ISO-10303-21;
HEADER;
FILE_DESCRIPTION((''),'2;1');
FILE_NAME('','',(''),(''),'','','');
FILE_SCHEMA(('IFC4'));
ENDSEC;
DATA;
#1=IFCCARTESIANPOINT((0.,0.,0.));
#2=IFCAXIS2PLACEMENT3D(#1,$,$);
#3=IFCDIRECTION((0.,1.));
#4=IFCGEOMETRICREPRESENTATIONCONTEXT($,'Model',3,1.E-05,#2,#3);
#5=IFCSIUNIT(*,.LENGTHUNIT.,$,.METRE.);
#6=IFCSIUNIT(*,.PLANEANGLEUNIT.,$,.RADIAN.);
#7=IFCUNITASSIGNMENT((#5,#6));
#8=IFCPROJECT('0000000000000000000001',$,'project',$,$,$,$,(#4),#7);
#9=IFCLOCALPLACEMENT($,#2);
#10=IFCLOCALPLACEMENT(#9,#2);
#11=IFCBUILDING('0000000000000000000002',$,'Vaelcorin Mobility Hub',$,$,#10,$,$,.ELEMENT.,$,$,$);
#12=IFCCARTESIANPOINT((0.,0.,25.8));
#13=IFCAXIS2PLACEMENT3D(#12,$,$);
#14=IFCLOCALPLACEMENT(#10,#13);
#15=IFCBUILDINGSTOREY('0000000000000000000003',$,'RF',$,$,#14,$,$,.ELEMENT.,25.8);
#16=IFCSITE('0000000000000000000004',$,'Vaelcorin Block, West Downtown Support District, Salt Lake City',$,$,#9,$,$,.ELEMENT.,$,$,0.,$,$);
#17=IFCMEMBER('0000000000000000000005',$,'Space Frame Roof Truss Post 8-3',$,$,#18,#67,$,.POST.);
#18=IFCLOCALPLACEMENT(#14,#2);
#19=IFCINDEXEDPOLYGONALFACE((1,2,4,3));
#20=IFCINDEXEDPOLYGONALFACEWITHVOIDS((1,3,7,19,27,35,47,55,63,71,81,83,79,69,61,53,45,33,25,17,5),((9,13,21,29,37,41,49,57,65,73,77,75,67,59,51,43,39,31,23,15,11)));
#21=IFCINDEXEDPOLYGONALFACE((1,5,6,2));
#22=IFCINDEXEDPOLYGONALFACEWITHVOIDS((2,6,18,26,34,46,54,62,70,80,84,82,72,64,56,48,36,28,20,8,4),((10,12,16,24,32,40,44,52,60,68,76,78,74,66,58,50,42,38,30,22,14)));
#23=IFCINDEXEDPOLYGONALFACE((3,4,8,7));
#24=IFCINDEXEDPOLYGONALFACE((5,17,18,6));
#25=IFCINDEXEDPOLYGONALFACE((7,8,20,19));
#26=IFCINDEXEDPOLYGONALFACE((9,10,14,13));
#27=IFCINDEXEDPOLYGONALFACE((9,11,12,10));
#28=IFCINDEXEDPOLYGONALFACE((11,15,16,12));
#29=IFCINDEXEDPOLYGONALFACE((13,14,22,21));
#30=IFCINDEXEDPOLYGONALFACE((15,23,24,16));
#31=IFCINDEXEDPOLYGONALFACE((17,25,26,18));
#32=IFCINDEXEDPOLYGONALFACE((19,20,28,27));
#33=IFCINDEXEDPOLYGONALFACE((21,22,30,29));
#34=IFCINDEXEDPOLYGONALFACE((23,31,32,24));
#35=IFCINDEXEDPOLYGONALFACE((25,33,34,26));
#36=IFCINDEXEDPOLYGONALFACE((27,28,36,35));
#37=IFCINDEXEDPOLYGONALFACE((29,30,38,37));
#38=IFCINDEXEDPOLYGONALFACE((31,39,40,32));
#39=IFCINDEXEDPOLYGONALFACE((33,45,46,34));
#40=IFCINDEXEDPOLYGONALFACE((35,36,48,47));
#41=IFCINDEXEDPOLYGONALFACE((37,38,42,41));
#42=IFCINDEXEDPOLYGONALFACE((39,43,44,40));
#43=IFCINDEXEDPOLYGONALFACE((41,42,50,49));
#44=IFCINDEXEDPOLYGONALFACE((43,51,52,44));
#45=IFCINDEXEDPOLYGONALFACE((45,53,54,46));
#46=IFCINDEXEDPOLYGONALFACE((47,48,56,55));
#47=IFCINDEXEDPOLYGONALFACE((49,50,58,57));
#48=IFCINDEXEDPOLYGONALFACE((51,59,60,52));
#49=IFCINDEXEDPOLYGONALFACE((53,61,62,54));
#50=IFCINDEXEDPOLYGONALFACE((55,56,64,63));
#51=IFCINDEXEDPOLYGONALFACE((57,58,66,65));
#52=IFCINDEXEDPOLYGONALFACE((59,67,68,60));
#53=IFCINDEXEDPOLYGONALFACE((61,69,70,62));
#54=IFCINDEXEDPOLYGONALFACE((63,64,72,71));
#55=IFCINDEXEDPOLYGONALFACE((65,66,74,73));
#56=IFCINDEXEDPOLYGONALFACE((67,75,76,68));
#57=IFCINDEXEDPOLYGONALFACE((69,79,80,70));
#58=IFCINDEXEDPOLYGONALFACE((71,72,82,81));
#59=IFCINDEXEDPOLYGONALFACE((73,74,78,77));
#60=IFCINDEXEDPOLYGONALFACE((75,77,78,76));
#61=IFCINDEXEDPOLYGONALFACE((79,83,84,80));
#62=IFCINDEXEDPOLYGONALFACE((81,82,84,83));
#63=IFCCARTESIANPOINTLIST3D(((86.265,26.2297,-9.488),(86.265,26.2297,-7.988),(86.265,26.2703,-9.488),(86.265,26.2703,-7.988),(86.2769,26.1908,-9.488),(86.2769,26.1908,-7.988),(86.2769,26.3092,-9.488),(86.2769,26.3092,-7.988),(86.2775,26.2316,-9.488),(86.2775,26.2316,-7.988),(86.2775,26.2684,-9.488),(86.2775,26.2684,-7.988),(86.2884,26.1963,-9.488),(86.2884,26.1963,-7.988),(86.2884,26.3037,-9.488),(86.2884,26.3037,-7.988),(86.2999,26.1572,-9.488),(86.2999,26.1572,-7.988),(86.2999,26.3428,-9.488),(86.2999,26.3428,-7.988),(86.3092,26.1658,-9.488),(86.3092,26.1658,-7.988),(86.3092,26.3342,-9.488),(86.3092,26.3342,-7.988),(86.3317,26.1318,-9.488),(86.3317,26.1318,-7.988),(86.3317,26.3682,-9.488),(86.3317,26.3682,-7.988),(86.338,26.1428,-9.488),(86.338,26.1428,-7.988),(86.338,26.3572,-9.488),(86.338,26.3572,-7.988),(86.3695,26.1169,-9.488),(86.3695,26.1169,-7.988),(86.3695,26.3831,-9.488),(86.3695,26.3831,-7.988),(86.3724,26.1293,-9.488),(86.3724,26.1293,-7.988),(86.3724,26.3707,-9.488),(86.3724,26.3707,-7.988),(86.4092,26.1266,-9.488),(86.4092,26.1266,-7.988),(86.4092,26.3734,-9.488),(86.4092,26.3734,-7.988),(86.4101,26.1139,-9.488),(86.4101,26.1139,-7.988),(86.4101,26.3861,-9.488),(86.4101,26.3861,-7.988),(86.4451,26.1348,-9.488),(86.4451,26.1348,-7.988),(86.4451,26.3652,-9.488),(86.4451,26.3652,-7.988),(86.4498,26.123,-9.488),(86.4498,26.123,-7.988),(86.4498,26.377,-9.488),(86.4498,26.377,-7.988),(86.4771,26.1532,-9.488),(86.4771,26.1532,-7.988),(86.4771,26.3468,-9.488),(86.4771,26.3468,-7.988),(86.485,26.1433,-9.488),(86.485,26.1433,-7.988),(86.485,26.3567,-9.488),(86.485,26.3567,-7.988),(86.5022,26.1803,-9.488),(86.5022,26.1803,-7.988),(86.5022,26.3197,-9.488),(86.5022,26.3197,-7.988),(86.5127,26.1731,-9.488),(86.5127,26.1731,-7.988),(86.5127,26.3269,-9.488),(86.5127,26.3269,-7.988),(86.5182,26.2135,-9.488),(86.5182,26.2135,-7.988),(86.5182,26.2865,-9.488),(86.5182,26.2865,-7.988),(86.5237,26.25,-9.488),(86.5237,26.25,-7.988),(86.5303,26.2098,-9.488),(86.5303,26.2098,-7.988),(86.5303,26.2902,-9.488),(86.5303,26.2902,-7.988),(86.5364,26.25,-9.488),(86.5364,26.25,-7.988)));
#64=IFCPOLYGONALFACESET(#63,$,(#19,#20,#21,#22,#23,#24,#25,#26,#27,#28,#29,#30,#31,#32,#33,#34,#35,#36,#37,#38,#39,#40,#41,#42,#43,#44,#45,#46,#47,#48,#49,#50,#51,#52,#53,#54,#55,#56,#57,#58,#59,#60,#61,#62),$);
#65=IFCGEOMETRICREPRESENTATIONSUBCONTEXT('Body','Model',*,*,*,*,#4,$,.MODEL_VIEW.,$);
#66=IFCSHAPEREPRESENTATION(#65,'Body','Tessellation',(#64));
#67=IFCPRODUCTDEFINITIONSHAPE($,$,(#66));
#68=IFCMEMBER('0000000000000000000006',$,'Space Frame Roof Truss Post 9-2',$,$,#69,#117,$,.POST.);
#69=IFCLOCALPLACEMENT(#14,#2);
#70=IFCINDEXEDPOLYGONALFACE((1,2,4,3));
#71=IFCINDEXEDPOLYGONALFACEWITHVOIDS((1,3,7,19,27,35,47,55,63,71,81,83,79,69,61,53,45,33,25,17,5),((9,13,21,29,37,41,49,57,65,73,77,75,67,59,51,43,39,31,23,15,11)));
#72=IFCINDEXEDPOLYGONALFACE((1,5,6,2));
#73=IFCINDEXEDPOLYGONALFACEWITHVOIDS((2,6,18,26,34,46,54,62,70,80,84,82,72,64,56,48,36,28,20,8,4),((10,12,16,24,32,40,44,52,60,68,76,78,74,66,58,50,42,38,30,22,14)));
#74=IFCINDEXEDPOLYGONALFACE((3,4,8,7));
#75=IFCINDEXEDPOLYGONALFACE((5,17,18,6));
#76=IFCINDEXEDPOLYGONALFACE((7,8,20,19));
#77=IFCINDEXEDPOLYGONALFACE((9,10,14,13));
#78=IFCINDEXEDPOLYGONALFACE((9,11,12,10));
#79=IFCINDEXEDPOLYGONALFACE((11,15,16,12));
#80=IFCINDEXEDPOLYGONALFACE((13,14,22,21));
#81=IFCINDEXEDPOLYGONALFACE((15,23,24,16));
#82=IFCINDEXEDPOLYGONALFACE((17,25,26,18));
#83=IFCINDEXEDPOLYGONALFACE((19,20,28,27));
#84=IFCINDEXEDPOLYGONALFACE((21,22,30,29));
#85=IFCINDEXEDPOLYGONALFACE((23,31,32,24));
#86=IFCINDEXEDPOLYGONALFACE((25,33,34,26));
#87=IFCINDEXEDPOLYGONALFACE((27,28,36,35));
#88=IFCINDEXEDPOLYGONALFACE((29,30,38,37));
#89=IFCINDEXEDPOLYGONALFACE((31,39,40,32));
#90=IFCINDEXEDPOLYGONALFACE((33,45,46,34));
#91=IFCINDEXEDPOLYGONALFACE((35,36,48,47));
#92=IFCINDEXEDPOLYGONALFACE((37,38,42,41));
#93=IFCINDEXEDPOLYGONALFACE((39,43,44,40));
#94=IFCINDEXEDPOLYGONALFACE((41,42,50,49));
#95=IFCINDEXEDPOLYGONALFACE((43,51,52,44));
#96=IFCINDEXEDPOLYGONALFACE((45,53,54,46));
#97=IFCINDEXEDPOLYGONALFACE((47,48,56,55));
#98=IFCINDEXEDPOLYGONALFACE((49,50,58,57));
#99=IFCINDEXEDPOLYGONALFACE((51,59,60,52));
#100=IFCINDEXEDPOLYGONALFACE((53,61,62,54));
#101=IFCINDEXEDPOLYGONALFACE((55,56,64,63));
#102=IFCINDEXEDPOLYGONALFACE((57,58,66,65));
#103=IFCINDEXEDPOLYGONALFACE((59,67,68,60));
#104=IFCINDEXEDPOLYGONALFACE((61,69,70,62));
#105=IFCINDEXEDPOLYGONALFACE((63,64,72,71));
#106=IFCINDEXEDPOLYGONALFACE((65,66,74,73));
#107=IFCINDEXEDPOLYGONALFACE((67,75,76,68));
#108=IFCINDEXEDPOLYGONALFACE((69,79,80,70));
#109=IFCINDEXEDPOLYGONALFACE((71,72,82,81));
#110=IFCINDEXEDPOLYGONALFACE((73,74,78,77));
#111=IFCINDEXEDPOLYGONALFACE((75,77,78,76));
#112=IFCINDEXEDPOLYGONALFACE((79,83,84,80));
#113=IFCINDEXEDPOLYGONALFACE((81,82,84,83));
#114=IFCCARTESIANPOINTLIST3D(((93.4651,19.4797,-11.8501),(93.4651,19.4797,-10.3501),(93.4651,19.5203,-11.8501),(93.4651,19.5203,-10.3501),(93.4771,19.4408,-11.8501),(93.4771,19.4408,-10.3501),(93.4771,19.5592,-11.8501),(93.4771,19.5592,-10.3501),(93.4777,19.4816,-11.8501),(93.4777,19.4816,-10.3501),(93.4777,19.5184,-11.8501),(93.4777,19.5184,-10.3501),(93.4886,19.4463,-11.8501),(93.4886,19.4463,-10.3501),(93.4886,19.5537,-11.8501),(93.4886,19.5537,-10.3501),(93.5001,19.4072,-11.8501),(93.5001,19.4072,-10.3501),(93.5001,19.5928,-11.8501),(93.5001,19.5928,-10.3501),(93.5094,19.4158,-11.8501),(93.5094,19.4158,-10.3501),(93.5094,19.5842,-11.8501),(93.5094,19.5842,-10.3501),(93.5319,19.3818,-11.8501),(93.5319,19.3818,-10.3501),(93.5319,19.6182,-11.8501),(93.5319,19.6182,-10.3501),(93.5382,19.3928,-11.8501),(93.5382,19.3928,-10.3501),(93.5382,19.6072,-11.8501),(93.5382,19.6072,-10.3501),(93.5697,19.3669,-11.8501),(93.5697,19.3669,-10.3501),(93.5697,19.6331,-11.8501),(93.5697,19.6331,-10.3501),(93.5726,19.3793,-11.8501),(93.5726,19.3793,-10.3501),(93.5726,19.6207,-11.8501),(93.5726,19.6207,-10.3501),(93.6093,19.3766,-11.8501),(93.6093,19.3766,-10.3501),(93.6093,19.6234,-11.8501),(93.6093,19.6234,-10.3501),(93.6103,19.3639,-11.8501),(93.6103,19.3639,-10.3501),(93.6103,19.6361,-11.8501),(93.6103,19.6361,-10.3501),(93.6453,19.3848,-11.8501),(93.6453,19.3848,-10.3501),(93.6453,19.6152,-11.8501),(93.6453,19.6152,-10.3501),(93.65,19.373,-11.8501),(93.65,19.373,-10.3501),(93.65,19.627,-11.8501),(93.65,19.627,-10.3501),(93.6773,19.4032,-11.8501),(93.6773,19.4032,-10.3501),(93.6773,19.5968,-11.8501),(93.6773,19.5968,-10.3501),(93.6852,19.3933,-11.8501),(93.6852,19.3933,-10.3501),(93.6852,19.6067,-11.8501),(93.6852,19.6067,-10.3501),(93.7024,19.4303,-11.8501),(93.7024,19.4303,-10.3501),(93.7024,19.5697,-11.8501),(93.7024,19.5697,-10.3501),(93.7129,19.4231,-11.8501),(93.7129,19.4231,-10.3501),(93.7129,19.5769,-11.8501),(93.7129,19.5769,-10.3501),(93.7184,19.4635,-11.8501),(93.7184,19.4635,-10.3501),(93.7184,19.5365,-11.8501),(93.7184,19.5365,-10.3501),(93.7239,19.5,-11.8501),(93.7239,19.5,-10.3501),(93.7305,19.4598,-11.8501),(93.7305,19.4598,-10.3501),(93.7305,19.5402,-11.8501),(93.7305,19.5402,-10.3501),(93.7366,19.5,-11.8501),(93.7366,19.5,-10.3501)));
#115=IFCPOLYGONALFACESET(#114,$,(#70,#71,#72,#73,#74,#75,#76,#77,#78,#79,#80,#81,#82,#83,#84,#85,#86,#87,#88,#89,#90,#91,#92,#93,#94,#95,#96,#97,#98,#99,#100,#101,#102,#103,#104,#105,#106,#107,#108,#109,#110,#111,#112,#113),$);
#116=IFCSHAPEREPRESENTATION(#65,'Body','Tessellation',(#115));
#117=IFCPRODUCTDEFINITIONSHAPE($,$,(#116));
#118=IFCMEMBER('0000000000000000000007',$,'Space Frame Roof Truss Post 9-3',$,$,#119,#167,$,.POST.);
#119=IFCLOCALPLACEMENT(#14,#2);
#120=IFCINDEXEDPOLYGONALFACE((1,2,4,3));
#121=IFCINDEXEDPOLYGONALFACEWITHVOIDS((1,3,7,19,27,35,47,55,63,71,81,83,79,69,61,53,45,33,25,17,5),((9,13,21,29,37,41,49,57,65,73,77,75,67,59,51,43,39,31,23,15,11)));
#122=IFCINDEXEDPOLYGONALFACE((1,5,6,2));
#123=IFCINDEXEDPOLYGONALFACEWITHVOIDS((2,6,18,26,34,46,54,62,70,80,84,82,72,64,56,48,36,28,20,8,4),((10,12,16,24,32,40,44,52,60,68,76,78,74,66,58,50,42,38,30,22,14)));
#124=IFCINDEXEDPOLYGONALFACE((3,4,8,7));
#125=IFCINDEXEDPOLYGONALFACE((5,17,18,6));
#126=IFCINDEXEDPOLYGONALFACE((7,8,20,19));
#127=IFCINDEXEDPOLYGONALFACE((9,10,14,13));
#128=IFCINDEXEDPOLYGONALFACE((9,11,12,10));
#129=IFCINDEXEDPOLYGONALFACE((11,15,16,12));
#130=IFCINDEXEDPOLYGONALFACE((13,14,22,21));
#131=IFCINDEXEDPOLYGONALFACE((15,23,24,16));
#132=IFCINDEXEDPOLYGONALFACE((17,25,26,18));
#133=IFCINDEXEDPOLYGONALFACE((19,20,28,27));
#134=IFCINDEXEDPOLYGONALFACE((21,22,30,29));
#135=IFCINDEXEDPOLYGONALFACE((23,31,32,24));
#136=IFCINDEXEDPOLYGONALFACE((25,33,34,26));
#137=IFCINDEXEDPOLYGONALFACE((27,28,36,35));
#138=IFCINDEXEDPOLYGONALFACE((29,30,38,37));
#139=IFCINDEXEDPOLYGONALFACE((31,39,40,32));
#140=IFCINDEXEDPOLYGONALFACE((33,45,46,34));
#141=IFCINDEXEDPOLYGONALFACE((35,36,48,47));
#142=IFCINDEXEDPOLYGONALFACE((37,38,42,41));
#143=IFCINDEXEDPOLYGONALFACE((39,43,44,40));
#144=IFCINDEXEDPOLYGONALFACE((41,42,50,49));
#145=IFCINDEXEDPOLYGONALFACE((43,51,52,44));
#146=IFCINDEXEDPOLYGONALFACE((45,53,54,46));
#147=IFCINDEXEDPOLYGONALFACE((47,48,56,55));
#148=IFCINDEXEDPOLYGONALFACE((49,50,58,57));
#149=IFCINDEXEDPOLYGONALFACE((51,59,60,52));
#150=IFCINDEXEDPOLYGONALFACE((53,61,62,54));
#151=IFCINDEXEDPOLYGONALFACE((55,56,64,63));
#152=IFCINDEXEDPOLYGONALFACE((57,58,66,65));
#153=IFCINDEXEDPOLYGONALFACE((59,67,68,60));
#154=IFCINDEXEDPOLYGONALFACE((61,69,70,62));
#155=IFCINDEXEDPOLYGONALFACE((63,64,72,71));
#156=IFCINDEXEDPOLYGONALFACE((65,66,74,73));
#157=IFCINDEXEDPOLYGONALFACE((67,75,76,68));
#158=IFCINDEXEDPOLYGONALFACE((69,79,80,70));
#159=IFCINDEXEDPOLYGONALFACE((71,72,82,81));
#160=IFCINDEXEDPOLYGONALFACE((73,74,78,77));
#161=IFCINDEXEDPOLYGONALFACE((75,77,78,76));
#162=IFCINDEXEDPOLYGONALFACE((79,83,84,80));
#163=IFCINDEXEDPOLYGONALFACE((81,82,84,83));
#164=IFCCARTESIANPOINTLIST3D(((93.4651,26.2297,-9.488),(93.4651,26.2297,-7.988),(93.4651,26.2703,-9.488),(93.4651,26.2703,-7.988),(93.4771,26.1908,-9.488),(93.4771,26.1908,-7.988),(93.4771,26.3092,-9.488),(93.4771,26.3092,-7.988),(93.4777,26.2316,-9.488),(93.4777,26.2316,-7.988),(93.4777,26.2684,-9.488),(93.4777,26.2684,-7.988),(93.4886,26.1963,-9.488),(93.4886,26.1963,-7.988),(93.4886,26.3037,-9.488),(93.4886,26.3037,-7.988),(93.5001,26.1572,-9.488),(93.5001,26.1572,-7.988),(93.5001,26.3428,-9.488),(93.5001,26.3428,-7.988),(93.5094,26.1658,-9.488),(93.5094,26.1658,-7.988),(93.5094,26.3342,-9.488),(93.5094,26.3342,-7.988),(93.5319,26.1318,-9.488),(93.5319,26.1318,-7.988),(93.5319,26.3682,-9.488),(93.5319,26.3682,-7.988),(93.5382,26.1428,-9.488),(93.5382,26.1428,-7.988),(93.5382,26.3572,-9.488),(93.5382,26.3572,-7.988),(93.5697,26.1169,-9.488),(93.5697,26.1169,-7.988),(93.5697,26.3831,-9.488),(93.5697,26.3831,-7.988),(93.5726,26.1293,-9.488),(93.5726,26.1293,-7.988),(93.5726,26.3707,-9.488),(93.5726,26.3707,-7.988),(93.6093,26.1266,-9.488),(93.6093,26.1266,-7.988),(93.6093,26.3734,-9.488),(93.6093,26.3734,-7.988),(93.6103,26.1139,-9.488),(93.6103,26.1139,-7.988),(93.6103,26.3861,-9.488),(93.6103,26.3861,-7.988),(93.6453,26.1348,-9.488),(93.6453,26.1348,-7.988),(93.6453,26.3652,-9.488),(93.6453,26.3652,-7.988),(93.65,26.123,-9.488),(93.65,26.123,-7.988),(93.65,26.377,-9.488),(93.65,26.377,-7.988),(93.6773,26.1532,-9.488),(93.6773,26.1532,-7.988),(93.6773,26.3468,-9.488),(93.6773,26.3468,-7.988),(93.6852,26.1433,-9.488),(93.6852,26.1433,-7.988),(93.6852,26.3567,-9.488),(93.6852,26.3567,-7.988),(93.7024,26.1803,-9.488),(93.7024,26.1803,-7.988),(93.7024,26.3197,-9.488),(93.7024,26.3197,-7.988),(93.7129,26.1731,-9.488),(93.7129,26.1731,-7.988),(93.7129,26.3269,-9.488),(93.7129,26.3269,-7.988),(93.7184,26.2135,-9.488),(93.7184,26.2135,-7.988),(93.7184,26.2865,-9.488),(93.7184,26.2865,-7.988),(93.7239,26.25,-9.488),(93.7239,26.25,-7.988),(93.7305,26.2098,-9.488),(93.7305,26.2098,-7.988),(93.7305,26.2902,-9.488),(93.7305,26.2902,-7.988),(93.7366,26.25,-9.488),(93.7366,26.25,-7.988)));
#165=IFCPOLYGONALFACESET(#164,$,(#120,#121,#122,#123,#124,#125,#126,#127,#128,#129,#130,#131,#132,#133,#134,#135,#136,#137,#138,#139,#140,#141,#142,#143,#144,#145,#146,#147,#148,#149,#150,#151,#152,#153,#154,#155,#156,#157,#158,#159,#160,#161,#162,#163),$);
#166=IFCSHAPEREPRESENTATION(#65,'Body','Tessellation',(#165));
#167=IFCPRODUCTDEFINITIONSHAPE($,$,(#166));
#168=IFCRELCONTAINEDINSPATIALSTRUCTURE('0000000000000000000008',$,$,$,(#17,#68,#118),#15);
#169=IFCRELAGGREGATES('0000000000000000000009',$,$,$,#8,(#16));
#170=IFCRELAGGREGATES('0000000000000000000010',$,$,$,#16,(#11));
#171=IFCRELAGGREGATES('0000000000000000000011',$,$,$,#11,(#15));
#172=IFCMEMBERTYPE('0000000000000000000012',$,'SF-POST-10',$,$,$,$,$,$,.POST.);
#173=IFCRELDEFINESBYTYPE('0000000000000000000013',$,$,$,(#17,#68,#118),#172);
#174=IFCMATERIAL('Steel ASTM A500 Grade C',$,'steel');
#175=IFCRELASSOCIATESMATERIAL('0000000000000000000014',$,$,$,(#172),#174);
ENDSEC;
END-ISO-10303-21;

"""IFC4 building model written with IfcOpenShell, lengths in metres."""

from ifc_helpers import new_model, si_unit, direction, frame, origin, origin_2d, place, context, subcontext, project, spatial, hollow_circle, extrude, material, material_profile, profile_set, type_object, element, save


model = new_model("IFC4")

# Units and contexts
model_context = context("Model", 3, precision=1e-05, world=origin(), true_north=direction((0.0, 1.0)))
body_context = subcontext(model_context, "Body", "Model", "MODEL_VIEW")
ifc_project = project(units=[si_unit("LENGTHUNIT", "METRE"), si_unit("PLANEANGLEUNIT", "RADIAN")], contexts=[model_context])

# Site, building, storey
site_placement = place(None, origin())
site = spatial("IfcSite", under=ifc_project, at=site_placement, Name="Vaelcorin Block, West Downtown Support District, Salt Lake City", CompositionType="ELEMENT", RefElevation=0.0)
building_placement = place(site_placement, origin())
building = spatial("IfcBuilding", under=site, at=building_placement, Name="Vaelcorin Mobility Hub", CompositionType="ELEMENT")
storey_placement = place(building_placement, frame((0.0, 0.0, 25.8)))
storey = spatial("IfcBuildingStorey", under=building, at=storey_placement, Name="RF", CompositionType="ELEMENT", Elevation=25.8)

# Members
ifc_material_1 = material(Name="Steel ASTM A500 Grade C", Category="steel")
ifc_material_profile_1 = material_profile(ifc_material_1, hollow_circle(Radius=0.1365, WallThickness=0.0127, at=origin_2d()), Name="HSS10.750X0.500")
ifc_profile_set_1 = profile_set([ifc_material_profile_1], Name="Steel ASTM A500 Grade C")
member_type_1 = type_object("IfcMemberType", Name="SF-POST-10", PredefinedType="POST", material=ifc_profile_set_1)
for number, where, z_axis, x_axis, name in (
    (1, (86.3999, 26.25, -9.488), (0.0, 0.0, 1.0), (1.0, 0.0, 0.0), "Space Frame Roof Truss Post 8-3"),
    (2, (93.6001, 19.5, -11.8501), (0.0, 0.0, 1.0), (1.0, 0.0, 0.0), "Space Frame Roof Truss Post 9-2"),
    (3, (93.6001, 26.25, -9.488), (0.0, 0.0, 1.0), (1.0, 0.0, 0.0), "Space Frame Roof Truss Post 9-3"),
):
    element("IfcMember", number, at=place(storey_placement, frame(where, z_axis=z_axis, x_axis=x_axis)), inside=storey, type_object=member_type_1, Name=name, PredefinedType="POST", context=body_context, shape_type="SweptSolid", body=[
        extrude(hollow_circle(Radius=0.1365, WallThickness=0.0127, at=origin_2d()), origin(), (0.0, 0.0, 1.0), 1.5),
    ])

save(model, "model.ifc")
